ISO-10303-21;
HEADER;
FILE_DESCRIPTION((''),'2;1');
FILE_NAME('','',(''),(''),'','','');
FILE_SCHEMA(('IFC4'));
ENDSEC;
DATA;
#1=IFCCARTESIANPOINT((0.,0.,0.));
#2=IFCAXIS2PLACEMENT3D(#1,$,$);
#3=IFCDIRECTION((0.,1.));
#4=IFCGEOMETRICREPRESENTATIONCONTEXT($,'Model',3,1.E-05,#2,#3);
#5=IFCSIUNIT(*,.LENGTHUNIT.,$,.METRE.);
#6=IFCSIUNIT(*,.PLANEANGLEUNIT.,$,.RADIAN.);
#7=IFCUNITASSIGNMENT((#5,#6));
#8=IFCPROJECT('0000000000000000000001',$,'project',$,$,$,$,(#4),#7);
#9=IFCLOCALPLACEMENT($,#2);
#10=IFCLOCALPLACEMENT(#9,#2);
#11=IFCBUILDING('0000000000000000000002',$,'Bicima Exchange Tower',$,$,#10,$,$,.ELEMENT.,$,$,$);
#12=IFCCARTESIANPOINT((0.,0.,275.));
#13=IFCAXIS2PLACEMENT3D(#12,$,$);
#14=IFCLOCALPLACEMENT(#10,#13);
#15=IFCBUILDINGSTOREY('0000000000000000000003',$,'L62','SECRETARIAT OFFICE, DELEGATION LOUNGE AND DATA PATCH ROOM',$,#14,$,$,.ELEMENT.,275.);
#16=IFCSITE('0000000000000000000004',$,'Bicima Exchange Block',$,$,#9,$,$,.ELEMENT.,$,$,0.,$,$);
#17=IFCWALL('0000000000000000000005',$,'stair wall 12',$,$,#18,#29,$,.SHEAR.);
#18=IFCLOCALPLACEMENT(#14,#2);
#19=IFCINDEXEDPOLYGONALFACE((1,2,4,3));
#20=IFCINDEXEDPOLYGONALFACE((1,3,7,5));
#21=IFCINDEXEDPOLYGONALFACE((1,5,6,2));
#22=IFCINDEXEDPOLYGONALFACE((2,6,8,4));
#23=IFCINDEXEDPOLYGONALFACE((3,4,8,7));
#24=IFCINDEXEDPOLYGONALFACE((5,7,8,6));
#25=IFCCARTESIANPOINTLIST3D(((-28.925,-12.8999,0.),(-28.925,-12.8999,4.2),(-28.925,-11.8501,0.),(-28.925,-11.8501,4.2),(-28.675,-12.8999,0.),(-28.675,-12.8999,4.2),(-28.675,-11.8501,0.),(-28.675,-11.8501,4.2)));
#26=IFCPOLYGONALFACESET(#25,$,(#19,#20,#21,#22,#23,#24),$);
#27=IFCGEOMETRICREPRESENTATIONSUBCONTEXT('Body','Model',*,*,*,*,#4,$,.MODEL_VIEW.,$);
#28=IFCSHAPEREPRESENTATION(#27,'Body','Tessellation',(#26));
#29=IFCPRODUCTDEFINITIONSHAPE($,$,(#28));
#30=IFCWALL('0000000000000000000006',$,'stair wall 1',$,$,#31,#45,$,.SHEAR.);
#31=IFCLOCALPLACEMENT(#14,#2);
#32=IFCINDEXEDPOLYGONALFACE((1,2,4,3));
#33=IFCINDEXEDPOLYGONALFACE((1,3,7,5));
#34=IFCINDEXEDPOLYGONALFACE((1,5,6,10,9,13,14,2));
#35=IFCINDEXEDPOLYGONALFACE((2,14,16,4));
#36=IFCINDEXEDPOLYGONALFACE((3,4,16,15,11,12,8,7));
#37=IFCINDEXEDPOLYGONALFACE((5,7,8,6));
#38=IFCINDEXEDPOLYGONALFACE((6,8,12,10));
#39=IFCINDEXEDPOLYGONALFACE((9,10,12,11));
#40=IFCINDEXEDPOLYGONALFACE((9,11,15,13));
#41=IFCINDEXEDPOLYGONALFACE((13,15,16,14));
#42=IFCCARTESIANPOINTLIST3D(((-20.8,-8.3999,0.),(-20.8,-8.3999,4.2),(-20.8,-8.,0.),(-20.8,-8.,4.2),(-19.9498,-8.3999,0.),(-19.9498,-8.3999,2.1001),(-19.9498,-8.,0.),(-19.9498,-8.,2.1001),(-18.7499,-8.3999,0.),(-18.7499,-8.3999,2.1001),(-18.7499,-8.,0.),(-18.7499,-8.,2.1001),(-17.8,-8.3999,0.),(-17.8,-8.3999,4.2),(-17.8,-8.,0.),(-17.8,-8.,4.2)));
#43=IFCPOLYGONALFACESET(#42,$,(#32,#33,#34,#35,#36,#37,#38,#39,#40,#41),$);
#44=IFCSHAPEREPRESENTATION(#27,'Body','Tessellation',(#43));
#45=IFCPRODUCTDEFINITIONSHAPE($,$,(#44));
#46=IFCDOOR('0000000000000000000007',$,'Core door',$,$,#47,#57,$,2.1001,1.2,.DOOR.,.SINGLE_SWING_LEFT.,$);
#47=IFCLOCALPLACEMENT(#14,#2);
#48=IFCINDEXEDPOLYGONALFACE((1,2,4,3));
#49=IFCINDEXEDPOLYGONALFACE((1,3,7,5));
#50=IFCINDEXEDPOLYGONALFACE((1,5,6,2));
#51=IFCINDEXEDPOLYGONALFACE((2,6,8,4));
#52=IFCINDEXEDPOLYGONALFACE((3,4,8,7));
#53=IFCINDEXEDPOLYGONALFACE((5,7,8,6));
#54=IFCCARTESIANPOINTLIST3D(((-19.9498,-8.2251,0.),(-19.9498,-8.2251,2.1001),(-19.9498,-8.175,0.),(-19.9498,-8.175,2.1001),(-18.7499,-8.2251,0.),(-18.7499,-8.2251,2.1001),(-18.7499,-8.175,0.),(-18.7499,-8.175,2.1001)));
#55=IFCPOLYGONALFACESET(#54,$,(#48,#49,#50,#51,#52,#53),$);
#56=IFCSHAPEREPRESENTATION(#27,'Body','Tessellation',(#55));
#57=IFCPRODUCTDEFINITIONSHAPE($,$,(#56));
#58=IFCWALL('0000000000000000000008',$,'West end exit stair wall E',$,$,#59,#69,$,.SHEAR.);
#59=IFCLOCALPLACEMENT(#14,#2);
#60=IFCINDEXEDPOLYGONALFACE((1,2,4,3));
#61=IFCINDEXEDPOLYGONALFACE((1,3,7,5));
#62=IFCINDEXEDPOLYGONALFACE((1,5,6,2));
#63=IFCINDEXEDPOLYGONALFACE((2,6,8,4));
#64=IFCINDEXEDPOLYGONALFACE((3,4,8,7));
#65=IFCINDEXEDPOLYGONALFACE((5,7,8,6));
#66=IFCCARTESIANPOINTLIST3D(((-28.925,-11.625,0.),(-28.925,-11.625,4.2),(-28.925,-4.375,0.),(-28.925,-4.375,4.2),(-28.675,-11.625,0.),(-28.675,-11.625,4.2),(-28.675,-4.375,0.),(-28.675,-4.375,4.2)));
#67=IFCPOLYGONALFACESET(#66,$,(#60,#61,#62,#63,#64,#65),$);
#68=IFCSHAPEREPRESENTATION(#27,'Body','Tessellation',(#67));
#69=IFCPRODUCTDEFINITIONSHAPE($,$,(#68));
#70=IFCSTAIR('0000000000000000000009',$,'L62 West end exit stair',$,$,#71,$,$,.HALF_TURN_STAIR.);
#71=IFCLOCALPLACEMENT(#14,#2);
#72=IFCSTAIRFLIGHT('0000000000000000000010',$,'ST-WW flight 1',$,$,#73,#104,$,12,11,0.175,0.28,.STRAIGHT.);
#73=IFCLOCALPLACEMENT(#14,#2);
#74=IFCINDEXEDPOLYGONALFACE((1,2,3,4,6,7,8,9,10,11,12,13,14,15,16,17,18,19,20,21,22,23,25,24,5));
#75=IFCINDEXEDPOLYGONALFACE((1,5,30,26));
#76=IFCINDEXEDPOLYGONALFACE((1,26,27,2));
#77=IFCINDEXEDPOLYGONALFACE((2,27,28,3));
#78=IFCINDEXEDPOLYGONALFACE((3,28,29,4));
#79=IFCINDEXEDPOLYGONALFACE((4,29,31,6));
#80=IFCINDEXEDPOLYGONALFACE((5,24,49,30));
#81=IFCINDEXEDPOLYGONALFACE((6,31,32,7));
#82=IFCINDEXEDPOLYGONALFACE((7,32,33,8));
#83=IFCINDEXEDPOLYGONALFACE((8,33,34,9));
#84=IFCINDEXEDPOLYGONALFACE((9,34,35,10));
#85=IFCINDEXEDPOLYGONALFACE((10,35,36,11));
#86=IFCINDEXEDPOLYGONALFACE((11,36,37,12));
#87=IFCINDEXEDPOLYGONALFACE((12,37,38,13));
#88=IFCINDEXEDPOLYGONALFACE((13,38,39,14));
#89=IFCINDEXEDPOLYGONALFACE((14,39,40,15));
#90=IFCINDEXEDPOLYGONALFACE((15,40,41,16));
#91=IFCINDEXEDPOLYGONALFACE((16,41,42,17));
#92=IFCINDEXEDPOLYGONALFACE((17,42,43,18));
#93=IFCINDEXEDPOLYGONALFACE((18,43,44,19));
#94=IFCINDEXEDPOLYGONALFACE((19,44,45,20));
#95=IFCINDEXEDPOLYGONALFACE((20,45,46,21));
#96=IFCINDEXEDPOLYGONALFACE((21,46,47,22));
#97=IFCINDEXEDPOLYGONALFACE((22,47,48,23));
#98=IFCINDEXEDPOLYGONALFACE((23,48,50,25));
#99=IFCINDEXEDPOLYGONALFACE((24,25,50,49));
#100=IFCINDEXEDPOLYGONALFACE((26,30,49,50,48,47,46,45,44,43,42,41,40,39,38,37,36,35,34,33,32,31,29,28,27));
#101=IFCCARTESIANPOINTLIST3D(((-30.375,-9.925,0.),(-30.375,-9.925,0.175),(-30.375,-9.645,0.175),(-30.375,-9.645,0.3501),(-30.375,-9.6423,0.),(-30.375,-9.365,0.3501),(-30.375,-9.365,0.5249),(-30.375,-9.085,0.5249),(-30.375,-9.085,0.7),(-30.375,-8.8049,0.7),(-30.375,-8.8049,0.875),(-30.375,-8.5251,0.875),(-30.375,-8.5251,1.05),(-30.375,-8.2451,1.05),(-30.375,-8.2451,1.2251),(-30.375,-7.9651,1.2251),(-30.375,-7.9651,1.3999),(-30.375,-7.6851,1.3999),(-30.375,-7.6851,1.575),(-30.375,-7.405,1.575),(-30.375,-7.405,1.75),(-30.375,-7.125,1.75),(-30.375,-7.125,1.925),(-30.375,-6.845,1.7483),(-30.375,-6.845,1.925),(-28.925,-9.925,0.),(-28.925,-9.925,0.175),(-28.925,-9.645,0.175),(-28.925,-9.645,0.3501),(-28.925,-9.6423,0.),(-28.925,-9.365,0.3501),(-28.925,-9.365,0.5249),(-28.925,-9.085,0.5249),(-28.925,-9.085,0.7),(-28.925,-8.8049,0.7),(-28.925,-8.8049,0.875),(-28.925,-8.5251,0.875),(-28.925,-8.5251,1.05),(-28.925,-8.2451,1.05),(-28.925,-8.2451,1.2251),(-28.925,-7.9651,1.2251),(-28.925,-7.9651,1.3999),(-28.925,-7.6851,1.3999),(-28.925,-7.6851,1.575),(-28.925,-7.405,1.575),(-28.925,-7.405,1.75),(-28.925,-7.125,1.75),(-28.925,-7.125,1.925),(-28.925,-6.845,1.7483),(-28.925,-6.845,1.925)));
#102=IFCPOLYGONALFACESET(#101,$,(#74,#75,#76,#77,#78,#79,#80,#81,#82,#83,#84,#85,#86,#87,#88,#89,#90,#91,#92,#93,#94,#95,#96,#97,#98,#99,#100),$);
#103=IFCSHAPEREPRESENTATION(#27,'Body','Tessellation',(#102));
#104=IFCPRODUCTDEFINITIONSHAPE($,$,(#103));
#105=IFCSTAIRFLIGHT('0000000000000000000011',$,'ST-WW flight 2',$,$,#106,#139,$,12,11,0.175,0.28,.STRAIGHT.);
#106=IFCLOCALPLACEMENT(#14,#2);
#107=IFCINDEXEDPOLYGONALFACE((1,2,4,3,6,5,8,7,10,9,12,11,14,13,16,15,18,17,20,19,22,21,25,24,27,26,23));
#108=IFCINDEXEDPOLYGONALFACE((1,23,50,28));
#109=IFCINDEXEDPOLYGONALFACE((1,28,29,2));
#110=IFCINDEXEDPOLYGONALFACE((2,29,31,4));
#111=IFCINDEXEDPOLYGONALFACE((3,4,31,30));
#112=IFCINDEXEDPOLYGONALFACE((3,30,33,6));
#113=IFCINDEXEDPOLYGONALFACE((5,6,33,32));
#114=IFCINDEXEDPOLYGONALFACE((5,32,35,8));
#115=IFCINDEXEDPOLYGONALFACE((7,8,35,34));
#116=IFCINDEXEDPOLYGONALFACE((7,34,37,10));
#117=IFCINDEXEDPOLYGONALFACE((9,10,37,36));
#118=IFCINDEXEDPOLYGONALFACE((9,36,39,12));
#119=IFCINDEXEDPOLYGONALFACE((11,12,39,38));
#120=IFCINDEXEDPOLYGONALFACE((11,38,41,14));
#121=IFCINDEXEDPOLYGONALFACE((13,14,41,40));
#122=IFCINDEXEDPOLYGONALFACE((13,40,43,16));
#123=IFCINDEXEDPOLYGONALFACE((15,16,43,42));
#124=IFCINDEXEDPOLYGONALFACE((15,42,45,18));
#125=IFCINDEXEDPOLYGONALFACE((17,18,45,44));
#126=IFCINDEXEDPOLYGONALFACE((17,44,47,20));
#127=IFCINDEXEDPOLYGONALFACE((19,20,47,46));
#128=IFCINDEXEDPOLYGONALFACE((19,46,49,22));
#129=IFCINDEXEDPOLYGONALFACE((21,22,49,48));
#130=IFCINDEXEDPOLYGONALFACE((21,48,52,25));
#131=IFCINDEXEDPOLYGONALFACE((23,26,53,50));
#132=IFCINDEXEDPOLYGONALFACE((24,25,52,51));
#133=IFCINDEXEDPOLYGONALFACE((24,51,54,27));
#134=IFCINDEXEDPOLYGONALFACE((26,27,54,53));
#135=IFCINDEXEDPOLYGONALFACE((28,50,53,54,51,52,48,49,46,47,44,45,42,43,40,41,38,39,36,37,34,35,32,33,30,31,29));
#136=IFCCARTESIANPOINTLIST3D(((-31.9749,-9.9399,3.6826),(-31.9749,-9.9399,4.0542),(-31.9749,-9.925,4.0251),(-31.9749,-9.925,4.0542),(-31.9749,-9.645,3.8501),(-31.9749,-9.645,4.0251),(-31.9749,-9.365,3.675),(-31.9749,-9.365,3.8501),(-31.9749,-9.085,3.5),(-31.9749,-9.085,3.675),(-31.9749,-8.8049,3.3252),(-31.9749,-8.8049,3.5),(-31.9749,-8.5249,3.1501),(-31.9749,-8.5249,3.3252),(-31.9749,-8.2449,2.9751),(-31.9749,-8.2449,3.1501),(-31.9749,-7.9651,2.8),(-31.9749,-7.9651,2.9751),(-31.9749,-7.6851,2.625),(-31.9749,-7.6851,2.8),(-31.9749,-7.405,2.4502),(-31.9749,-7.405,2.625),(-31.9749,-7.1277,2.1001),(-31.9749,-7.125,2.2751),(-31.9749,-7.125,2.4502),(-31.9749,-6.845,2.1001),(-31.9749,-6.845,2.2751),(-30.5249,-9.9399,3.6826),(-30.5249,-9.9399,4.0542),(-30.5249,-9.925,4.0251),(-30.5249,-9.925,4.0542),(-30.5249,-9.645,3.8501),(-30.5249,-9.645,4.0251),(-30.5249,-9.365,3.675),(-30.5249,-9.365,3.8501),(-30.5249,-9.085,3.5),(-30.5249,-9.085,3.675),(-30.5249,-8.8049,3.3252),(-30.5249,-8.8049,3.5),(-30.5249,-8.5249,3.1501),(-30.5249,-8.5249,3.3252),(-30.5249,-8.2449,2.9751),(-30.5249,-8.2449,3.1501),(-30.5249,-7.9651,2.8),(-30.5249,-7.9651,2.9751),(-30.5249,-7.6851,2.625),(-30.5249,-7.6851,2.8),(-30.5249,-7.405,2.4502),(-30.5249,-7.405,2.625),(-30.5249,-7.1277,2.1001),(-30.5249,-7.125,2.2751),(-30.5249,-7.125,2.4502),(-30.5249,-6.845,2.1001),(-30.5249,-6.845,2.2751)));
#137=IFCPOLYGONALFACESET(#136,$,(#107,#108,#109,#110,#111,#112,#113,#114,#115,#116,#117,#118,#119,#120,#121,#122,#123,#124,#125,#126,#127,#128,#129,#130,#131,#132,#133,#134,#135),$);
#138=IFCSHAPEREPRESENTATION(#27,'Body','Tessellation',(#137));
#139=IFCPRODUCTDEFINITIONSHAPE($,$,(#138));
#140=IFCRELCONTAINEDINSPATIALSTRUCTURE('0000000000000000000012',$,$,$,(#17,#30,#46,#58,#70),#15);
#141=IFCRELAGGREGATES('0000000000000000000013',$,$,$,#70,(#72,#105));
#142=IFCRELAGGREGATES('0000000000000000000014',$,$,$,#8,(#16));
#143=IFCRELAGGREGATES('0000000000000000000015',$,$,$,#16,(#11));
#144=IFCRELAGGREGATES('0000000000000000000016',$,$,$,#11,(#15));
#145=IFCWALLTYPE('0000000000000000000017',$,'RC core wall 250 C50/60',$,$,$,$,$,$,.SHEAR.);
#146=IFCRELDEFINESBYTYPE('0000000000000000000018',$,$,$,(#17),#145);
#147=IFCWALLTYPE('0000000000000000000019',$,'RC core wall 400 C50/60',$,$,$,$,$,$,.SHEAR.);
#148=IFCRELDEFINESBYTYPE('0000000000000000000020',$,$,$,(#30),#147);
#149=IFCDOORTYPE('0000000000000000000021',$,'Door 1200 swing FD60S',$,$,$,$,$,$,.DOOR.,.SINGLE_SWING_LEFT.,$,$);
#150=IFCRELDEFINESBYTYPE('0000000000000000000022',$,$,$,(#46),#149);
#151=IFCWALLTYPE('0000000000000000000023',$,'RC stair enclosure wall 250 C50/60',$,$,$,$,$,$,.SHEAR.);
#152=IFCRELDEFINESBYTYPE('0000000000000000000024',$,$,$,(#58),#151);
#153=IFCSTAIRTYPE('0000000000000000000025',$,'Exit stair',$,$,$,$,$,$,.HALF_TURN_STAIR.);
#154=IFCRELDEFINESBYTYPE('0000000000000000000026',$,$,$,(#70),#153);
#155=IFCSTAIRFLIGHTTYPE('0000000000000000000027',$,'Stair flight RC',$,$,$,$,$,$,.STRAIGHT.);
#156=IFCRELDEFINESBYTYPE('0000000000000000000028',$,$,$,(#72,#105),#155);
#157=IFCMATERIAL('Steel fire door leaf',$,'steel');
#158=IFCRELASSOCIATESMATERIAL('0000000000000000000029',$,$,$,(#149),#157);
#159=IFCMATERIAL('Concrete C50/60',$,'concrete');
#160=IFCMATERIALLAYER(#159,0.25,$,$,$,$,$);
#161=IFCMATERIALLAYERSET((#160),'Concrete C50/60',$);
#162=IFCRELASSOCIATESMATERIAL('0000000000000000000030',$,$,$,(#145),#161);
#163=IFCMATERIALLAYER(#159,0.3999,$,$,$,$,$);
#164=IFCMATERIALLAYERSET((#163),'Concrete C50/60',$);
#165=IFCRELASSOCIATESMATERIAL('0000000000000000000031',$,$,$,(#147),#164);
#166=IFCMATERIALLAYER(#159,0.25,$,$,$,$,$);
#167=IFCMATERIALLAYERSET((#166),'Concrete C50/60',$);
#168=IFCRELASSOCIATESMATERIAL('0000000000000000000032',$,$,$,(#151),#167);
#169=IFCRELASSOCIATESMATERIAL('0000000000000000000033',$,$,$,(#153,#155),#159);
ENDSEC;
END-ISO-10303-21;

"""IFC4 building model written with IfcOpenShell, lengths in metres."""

from ifc_helpers import new_model, si_unit, direction, frame, frame_2d, origin, place, context, subcontext, project, spatial, polyline, rectangle, outline, extrude, material, layer, layer_set, type_object, element, fill, aggregate, save


model = new_model("IFC4")

# Units and contexts
model_context = context("Model", 3, precision=1e-05, world=origin(), true_north=direction((0.0, 1.0)))
body_context = subcontext(model_context, "Body", "Model", "MODEL_VIEW")
ifc_project = project(units=[si_unit("LENGTHUNIT", "METRE"), si_unit("PLANEANGLEUNIT", "RADIAN")], contexts=[model_context])

# Site, building, storey
site_placement = place(None, origin())
site = spatial("IfcSite", under=ifc_project, at=site_placement, Name="Bicima Exchange Block", CompositionType="ELEMENT", RefElevation=0.0)
building_placement = place(site_placement, origin())
building = spatial("IfcBuilding", under=site, at=building_placement, Name="Bicima Exchange Tower", CompositionType="ELEMENT")
storey_placement = place(building_placement, frame((0.0, 0.0, 275.0)))
storey = spatial("IfcBuildingStorey", under=building, at=storey_placement, Name="L62", Description="SECRETARIAT OFFICE, DELEGATION LOUNGE AND DATA PATCH ROOM", CompositionType="ELEMENT", Elevation=275.0)

# Shared definitions
ifc_material_1 = material(Name="Steel fire door leaf", Category="steel")
door_type_1 = type_object("IfcDoorType", Name="Door 1200 swing FD60S", OperationType="SINGLE_SWING_LEFT", PredefinedType="DOOR", material=ifc_material_1)

# Wall
ifc_material_2 = material(Name="Concrete C50/60", Category="concrete")
ifc_layer_1 = layer(ifc_material_2, 0.25)
ifc_layer_set_1 = layer_set([ifc_layer_1], Name="Concrete C50/60")
wall_type_1 = type_object("IfcWallType", Name="RC core wall 250 C50/60", PredefinedType="SHEAR", material=ifc_layer_set_1)
wall_1_placement = place(storey_placement, frame((-28.8, -12.8999, 0.0), z_axis=(0.0, 0.0, 1.0), x_axis=(0.0, 1.0, 0.0)))
element("IfcWall", 1, at=wall_1_placement, inside=storey, type_object=wall_type_1, Name="stair wall 12", PredefinedType="SHEAR", context=body_context, shape_type="SweptSolid", body=[
    extrude(rectangle(XDim=1.0498, YDim=0.25, at=frame_2d((0.5249, 0.0))), origin(), (0.0, 0.0, 1.0), 4.2),
])

# Wall, opening, door
ifc_layer_2 = layer(ifc_material_2, 0.3999)
ifc_layer_set_2 = layer_set([ifc_layer_2], Name="Concrete C50/60")
wall_type_2 = type_object("IfcWallType", Name="RC core wall 400 C50/60", PredefinedType="SHEAR", material=ifc_layer_set_2)
wall_2_placement = place(storey_placement, frame((-20.8, -8.2, 0.0), z_axis=(0.0, 0.0, 1.0), x_axis=(1.0, 0.0, 0.0)))
wall_2 = element("IfcWall", 2, at=wall_2_placement, inside=storey, type_object=wall_type_2, Name="stair wall 1", PredefinedType="SHEAR", context=body_context, shape_type="SweptSolid", body=[
    extrude(rectangle(XDim=3.0, YDim=0.3999, at=frame_2d((1.5, 0.0))), origin(), (0.0, 0.0, 1.0), 4.2),
])
opening_1_placement = place(wall_2_placement, frame((0.8501, 0.0, 0.0)))
opening_1 = element("IfcOpeningElement", 3, at=opening_1_placement, cuts=wall_2, PredefinedType="OPENING", context=body_context, shape_type="SweptSolid", body=[
    extrude(rectangle(XDim=1.2, YDim=2.1001, at=frame_2d((0.6001, 1.05))), frame((0.0, 0.2119, 0.0), z_axis=(0.0, -1.0, 0.0), x_axis=(1.0, 0.0, 0.0)), (0.0, 0.0, 1.0), 0.4238),
])
door_1_placement = place(opening_1_placement, origin())
door_1 = element("IfcDoor", 4, at=door_1_placement, inside=storey, type_object=door_type_1, Name="Core door", OperationType="SINGLE_SWING_LEFT", OverallHeight=2.1001, OverallWidth=1.2, PredefinedType="DOOR", context=body_context, shape_type="SweptSolid", body=[
    extrude(rectangle(XDim=1.2, YDim=2.1001, at=frame_2d((0.6001, 1.05))), frame((0.0, 0.0249, 0.0), z_axis=(0.0, -1.0, 0.0), x_axis=(1.0, 0.0, 0.0)), (0.0, 0.0, 1.0), 0.05),
])
fill(opening_1, door_1)

# Wall
ifc_layer_3 = layer(ifc_material_2, 0.25)
ifc_layer_set_3 = layer_set([ifc_layer_3], Name="Concrete C50/60")
wall_type_3 = type_object("IfcWallType", Name="RC stair enclosure wall 250 C50/60", PredefinedType="SHEAR", material=ifc_layer_set_3)
wall_3_placement = place(storey_placement, frame((-28.8, -11.625, 0.0), z_axis=(0.0, 0.0, 1.0), x_axis=(0.0, 1.0, 0.0)))
element("IfcWall", 5, at=wall_3_placement, inside=storey, type_object=wall_type_3, Name="West end exit stair wall E", PredefinedType="SHEAR", context=body_context, shape_type="SweptSolid", body=[
    extrude(rectangle(XDim=7.25, YDim=0.25, at=frame_2d((3.625, 0.0))), origin(), (0.0, 0.0, 1.0), 4.2),
])

# Stair, stair flights
stair_type = type_object("IfcStairType", Name="Exit stair", PredefinedType="HALF_TURN_STAIR", material=ifc_material_2)
stair_placement = place(storey_placement, origin())
stair = element("IfcStair", 6, at=stair_placement, inside=storey, type_object=stair_type, Name="L62 West end exit stair", PredefinedType="HALF_TURN_STAIR")
stair_flight_type = type_object("IfcStairFlightType", Name="Stair flight RC", PredefinedType="STRAIGHT", material=ifc_material_2)
stair_flight_1_placement = place(storey_placement, frame((-29.6499, -9.925, 0.0), z_axis=(0.0, 0.0, 1.0), x_axis=(0.0, 1.0, 0.0)))
stair_flight_1 = element("IfcStairFlight", 7, at=stair_flight_1_placement, type_object=stair_flight_type, Name="ST-WW flight 1", NumberOfRisers=12, NumberOfTreads=11, PredefinedType="STRAIGHT", RiserHeight=0.175, TreadLength=0.28, context=body_context, shape_type="SweptSolid", body=[
    extrude(outline(polyline([(0.0, 0.0), (0.0, 0.175), (0.28, 0.175), (0.28, 0.3501), (0.5601, 0.3501), (0.5601, 0.5249), (0.8401, 0.5249), (0.8401, 0.7), (1.1201, 0.7), (1.1201, 0.875), (1.3999, 0.875), (1.3999, 1.05), (1.6799, 1.05), (1.6799, 1.2251), (1.96, 1.2251), (1.96, 1.3999), (2.24, 1.3999), (2.24, 1.575), (2.52, 1.575), (2.52, 1.75), (2.8, 1.75), (2.8, 1.925), (3.0801, 1.925), (3.0801, 2.1001), (3.0801, 1.7483), (0.2827, 0.0), (0.0, 0.0)])), frame((0.0, 0.7251, 0.0), z_axis=(0.0, -1.0, 0.0), x_axis=(1.0, 0.0, 0.0)), (0.0, 0.0, 1.0), 1.45),
])
stair_flight_2_placement = place(storey_placement, frame((-31.25, -6.845, 2.1001), z_axis=(0.0, 0.0, 1.0), x_axis=(0.0, -1.0, 0.0)))
stair_flight_2 = element("IfcStairFlight", 8, at=stair_flight_2_placement, type_object=stair_flight_type, Name="ST-WW flight 2", NumberOfRisers=12, NumberOfTreads=11, PredefinedType="STRAIGHT", RiserHeight=0.175, TreadLength=0.28, context=body_context, shape_type="SweptSolid", body=[
    extrude(outline(polyline([(0.0, 0.0), (0.0, 0.175), (0.28, 0.175), (0.28, 0.3501), (0.5601, 0.3501), (0.5601, 0.5249), (0.8401, 0.5249), (0.8401, 0.7), (1.1201, 0.7), (1.1201, 0.875), (1.3999, 0.875), (1.3999, 1.05), (1.6799, 1.05), (1.6799, 1.2251), (1.96, 1.2251), (1.96, 1.3999), (2.24, 1.3999), (2.24, 1.575), (2.52, 1.575), (2.52, 1.75), (2.8, 1.75), (2.8, 1.925), (3.0801, 1.925), (3.0801, 1.9541), (3.095, 1.9541), (3.095, 1.5825), (0.2827, 0.0), (0.0, 0.0)])), frame((0.0, 0.7251, 0.0), z_axis=(0.0, -1.0, 0.0), x_axis=(1.0, 0.0, 0.0)), (0.0, 0.0, 1.0), 1.45),
])
aggregate(stair, [stair_flight_1, stair_flight_2])

save(model, "model.ifc")
